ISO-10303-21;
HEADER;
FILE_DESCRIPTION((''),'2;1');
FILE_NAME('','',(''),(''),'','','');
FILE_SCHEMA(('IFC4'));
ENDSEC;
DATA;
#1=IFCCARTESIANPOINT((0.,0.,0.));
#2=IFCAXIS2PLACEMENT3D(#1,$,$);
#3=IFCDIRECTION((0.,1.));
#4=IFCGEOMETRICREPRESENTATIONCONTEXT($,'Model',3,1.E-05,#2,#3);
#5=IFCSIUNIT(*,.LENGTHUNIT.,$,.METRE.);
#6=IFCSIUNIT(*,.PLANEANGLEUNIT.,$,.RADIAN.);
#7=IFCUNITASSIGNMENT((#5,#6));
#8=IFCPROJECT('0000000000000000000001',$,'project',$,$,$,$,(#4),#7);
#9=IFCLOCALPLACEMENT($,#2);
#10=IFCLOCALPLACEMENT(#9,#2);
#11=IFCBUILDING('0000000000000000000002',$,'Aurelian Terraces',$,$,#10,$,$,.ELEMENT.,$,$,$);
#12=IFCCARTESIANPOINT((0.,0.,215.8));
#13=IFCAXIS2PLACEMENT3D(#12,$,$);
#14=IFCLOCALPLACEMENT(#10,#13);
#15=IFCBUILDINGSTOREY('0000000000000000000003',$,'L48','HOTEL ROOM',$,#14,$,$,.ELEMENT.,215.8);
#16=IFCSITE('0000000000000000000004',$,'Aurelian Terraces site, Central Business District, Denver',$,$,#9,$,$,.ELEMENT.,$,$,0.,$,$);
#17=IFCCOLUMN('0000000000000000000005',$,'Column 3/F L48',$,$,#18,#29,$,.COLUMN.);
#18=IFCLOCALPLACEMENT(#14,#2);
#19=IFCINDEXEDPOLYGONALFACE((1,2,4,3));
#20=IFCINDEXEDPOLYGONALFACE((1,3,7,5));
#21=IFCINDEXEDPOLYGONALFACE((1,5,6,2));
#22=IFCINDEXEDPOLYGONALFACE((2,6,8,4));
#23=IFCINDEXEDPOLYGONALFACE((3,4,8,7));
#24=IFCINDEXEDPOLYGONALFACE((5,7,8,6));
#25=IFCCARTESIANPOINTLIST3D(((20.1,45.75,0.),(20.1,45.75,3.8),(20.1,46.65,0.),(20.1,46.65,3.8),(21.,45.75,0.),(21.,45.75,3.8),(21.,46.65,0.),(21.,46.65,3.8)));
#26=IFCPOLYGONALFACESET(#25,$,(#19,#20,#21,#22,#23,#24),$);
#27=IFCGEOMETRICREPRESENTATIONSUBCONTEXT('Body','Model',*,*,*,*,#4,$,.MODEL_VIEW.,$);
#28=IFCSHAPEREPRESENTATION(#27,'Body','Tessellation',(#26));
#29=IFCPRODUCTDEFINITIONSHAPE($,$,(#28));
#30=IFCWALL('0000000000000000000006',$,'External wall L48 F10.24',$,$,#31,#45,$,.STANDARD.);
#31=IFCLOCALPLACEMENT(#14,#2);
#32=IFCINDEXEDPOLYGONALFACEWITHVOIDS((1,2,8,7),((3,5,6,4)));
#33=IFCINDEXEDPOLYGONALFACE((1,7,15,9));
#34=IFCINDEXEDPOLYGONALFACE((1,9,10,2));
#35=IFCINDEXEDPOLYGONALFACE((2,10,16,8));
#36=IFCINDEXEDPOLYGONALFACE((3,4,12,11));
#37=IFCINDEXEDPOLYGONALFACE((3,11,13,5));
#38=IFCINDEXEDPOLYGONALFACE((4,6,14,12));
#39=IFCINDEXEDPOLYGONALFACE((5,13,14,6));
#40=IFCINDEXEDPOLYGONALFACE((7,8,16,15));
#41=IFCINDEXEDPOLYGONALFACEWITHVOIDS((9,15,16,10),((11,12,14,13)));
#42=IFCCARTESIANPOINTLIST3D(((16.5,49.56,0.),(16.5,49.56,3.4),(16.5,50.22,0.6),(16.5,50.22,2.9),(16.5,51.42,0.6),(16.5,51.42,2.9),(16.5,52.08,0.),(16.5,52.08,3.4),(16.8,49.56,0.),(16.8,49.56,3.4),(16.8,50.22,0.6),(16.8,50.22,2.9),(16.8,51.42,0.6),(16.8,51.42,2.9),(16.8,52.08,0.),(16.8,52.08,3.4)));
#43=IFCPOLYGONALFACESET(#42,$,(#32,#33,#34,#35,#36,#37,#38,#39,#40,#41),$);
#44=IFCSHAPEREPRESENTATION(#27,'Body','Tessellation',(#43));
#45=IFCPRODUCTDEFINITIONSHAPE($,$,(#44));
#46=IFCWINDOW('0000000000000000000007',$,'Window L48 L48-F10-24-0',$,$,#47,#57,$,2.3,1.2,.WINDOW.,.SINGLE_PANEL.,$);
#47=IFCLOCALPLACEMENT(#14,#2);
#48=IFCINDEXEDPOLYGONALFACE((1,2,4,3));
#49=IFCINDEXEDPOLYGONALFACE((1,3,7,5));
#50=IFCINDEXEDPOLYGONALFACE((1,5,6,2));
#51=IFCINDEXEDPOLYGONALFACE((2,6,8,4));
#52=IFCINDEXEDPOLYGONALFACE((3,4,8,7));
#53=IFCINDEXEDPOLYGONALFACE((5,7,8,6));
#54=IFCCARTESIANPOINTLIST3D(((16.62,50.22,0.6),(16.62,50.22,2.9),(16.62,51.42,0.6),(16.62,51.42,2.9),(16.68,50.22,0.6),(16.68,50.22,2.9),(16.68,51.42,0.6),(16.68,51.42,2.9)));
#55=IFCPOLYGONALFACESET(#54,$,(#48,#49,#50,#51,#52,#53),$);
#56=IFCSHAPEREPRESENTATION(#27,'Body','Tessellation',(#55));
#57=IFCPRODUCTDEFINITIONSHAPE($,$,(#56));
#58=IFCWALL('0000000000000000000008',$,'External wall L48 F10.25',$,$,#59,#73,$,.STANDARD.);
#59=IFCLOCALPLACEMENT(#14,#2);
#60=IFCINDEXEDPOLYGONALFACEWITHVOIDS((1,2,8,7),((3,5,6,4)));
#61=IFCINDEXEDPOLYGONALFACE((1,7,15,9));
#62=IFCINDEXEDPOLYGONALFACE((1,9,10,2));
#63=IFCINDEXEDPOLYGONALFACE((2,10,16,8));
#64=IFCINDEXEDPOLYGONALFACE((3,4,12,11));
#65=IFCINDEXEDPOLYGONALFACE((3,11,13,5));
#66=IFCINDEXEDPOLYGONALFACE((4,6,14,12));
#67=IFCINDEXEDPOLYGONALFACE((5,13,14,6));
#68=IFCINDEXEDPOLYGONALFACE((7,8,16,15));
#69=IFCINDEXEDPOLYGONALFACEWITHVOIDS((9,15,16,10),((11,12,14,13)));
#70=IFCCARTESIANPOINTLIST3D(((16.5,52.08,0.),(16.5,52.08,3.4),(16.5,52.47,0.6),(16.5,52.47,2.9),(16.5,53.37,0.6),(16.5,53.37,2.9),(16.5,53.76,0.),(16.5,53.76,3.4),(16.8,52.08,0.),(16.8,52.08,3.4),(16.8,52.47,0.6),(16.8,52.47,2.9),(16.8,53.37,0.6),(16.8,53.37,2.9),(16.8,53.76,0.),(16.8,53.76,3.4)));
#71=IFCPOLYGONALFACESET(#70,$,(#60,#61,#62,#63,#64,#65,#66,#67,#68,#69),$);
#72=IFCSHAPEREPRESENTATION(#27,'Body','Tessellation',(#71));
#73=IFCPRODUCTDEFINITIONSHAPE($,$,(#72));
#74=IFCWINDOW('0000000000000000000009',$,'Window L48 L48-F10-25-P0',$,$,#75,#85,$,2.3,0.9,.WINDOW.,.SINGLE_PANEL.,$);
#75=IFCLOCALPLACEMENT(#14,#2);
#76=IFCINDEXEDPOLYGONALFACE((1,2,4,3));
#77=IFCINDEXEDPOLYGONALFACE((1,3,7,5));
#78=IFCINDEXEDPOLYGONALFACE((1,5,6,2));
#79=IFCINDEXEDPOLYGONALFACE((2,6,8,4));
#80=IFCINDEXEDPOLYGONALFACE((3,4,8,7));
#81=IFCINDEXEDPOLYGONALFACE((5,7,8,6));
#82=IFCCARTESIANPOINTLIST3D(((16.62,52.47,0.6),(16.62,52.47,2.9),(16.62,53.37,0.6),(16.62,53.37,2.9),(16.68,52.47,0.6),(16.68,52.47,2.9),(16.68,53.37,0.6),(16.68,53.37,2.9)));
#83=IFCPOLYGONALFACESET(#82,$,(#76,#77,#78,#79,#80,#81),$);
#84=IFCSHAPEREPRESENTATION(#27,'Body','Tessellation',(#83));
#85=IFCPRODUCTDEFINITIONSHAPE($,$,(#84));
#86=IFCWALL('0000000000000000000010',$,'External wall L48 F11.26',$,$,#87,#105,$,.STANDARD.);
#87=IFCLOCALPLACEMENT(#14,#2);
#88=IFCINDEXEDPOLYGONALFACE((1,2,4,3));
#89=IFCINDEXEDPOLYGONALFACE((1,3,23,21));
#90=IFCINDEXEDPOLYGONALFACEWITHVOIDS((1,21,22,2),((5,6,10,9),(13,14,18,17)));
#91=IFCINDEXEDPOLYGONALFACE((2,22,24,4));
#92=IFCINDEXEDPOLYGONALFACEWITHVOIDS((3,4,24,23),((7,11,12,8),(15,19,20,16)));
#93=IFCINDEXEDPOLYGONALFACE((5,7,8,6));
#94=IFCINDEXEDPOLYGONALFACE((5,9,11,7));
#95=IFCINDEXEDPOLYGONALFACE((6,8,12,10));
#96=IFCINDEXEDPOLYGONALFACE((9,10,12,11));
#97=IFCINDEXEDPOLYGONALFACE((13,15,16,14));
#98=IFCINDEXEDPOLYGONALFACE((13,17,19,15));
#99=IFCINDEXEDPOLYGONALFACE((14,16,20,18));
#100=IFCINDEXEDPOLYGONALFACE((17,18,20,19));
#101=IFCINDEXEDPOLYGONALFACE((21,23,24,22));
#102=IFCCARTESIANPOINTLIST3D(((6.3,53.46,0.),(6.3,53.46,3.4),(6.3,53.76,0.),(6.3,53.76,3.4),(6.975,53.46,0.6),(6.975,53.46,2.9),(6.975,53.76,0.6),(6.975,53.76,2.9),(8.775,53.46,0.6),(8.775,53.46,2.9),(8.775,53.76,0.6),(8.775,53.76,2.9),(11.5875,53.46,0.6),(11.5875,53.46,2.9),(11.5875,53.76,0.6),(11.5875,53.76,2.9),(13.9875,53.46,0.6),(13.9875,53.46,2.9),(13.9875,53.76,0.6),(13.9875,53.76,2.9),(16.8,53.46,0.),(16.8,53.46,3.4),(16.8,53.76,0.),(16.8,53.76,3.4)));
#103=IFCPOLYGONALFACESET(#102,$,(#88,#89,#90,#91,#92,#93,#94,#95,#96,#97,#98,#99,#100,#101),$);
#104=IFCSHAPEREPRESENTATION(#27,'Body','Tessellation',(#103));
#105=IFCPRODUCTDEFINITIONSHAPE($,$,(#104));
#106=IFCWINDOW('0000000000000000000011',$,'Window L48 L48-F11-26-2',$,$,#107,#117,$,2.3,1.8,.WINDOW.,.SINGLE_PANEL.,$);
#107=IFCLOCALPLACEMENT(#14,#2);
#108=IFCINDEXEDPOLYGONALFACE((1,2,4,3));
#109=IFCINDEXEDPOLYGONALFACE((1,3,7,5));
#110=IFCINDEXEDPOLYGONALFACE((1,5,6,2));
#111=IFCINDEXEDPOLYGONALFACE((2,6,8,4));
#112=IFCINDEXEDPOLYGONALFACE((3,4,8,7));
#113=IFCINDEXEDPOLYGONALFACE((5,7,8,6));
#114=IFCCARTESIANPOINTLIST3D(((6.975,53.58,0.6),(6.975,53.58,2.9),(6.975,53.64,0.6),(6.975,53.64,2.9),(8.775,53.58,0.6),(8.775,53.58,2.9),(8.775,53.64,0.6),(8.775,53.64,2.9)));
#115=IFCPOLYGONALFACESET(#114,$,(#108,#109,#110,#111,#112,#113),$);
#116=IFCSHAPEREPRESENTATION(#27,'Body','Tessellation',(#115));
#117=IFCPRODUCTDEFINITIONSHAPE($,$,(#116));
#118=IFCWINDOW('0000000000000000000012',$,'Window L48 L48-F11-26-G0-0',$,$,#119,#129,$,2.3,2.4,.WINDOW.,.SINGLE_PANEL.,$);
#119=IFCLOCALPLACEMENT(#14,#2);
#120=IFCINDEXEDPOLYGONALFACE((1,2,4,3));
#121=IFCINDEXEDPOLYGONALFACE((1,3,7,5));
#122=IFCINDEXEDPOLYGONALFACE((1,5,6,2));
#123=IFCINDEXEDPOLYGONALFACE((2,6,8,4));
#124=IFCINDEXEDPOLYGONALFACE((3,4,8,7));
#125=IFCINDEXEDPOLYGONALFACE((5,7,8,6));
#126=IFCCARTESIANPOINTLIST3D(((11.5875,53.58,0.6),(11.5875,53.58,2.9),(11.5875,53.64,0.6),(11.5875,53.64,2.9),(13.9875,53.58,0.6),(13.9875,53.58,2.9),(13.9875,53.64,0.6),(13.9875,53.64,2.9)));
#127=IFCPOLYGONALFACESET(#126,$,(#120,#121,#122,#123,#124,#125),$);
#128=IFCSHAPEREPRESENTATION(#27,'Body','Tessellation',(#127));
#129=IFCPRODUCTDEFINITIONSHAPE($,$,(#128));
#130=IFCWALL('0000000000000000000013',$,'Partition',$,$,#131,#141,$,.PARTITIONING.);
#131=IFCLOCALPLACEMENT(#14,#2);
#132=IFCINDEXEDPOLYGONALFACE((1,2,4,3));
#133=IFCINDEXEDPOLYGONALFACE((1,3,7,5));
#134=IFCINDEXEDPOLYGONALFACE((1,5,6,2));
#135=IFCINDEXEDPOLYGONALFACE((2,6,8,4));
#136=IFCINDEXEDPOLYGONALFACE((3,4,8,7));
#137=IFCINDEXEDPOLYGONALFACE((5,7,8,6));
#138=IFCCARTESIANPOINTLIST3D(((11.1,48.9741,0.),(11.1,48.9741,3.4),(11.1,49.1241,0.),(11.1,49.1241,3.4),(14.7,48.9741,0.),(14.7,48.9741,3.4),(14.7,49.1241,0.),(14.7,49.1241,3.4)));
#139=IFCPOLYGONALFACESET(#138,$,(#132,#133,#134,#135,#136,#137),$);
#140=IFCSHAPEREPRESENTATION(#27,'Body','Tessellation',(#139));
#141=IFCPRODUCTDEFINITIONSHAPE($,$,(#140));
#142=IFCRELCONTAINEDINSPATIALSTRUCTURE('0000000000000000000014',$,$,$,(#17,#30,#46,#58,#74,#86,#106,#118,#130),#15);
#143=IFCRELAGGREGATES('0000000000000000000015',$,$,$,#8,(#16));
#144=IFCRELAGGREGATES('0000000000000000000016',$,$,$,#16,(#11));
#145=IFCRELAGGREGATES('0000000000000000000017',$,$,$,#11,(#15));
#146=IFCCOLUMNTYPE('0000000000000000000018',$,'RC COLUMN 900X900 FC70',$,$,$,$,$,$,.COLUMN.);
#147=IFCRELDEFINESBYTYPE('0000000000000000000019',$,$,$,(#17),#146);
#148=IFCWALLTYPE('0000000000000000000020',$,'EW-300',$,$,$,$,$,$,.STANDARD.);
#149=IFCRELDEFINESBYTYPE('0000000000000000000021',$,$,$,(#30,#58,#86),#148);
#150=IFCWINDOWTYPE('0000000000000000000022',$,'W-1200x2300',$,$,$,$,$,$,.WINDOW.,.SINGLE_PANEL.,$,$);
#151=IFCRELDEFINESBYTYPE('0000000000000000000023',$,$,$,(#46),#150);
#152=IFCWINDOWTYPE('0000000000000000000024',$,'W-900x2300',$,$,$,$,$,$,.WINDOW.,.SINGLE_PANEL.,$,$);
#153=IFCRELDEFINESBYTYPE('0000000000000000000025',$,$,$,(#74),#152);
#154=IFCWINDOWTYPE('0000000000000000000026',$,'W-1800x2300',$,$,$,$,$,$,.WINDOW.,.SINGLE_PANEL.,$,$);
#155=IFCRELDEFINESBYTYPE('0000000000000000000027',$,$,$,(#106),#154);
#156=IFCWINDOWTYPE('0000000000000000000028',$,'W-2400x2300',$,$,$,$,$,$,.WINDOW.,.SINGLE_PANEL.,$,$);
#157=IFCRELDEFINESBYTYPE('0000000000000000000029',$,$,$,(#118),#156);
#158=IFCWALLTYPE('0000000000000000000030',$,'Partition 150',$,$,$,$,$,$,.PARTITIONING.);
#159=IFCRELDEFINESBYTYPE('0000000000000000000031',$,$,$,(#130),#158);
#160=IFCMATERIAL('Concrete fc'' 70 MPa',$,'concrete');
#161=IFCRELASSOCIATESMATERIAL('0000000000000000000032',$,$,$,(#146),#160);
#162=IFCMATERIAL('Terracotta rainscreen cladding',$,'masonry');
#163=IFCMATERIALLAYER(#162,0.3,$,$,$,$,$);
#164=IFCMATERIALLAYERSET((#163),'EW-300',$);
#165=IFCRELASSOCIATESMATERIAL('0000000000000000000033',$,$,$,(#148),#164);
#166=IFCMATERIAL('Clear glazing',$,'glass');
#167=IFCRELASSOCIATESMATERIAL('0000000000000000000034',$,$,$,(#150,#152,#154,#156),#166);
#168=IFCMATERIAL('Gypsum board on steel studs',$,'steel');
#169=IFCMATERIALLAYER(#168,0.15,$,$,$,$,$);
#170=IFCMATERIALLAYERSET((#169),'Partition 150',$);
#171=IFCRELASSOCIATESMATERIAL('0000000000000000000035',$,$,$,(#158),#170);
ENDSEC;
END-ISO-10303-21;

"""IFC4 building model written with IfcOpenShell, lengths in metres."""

from ifc_helpers import new_model, si_unit, direction, frame, frame_2d, origin, origin_2d, place, context, subcontext, project, spatial, rectangle, extrude, source, transform, mapped, material, layer, layer_set, material_profile, profile_set, type_object, element, fill, save


model = new_model("IFC4")

# Units and contexts
model_context = context("Model", 3, precision=1e-05, world=origin(), true_north=direction((0.0, 1.0)))
body_context = subcontext(model_context, "Body", "Model", "MODEL_VIEW")
ifc_project = project(units=[si_unit("LENGTHUNIT", "METRE"), si_unit("PLANEANGLEUNIT", "RADIAN")], contexts=[model_context])

# Site, building, storey
site_placement = place(None, origin())
site = spatial("IfcSite", under=ifc_project, at=site_placement, Name="Aurelian Terraces site, Central Business District, Denver", CompositionType="ELEMENT", RefElevation=0.0)
building_placement = place(site_placement, origin())
building = spatial("IfcBuilding", under=site, at=building_placement, Name="Aurelian Terraces", CompositionType="ELEMENT")
storey_placement = place(building_placement, frame((0.0, 0.0, 215.8)))
storey = spatial("IfcBuildingStorey", under=building, at=storey_placement, Name="L48", Description="HOTEL ROOM", CompositionType="ELEMENT", Elevation=215.8)

# Column
ifc_material_1 = material(Name="Concrete fc' 70 MPa", Category="concrete")
ifc_material_profile = material_profile(ifc_material_1, rectangle(XDim=0.9, YDim=0.9, at=origin_2d()))
ifc_profile_set = profile_set([ifc_material_profile], Name="Concrete fc' 70 MPa")
column_type = type_object("IfcColumnType", Name="RC COLUMN 900X900 FC70", PredefinedType="COLUMN", material=ifc_profile_set)
shared_shape_1 = source(origin(), body_context, "Body", "SweptSolid", [
    extrude(rectangle(XDim=0.9, YDim=0.9, at=origin_2d()), origin(), (0.0, 0.0, 1.0), 3.8),
])
column_placement = place(storey_placement, frame((20.55, 46.2, 0.0), z_axis=(0.0, 0.0, 1.0), x_axis=(1.0, 0.0, 0.0)))
element("IfcColumn", 1, at=column_placement, inside=storey, type_object=column_type, Name="Column 3/F L48", PredefinedType="COLUMN", context=body_context, shape_type="MappedRepresentation", body=[
    mapped(shared_shape_1, transform((0.0, 0.0, 0.0), scale=1.0)),
])

# Walls, openings, windows
ifc_material_2 = material(Name="Terracotta rainscreen cladding", Category="masonry")
ifc_layer_1 = layer(ifc_material_2, 0.3)
ifc_layer_set_1 = layer_set([ifc_layer_1], Name="EW-300")
wall_type_1 = type_object("IfcWallType", Name="EW-300", PredefinedType="STANDARD", material=ifc_layer_set_1)
shared_shape_2 = source(origin(), body_context, "Body", "SweptSolid", [
    extrude(rectangle(XDim=2.52, YDim=0.3, at=frame_2d((1.26, 0.0))), origin(), (0.0, 0.0, 1.0), 3.4),
])
wall_1_placement = place(storey_placement, frame((16.65, 49.56, 0.0), z_axis=(0.0, 0.0, 1.0), x_axis=(0.0, 1.0, 0.0)))
wall_1 = element("IfcWall", 2, at=wall_1_placement, inside=storey, type_object=wall_type_1, Name="External wall L48 F10.24", PredefinedType="STANDARD", context=body_context, shape_type="MappedRepresentation", body=[
    mapped(shared_shape_2, transform((0.0, 0.0, 0.0), scale=1.0)),
])
shared_shape_3 = source(origin(), body_context, "Body", "SweptSolid", [
    extrude(rectangle(XDim=1.2, YDim=2.3, at=frame_2d((0.6, 1.15))), frame((0.0, 0.16, 0.0), z_axis=(0.0, -1.0, 0.0), x_axis=(1.0, 0.0, 0.0)), (0.0, 0.0, 1.0), 0.32),
])
opening_1_placement = place(wall_1_placement, frame((0.66, 0.0, 0.6)))
opening_1 = element("IfcOpeningElement", 3, at=opening_1_placement, cuts=wall_1, PredefinedType="OPENING", context=body_context, shape_type="MappedRepresentation", body=[
    mapped(shared_shape_3, transform((0.0, 0.0, 0.0), scale=1.0)),
])
ifc_material_3 = material(Name="Clear glazing", Category="glass")
window_type_1 = type_object("IfcWindowType", Name="W-1200x2300", PartitioningType="SINGLE_PANEL", PredefinedType="WINDOW", material=ifc_material_3)
shared_shape_4 = source(origin(), body_context, "Body", "SweptSolid", [
    extrude(rectangle(XDim=1.2, YDim=2.3, at=frame_2d((0.6, 1.15))), frame((0.0, 0.03, 0.0), z_axis=(0.0, -1.0, 0.0), x_axis=(1.0, 0.0, 0.0)), (0.0, 0.0, 1.0), 0.06),
])
window_1_placement = place(opening_1_placement, origin())
window_1 = element("IfcWindow", 4, at=window_1_placement, inside=storey, type_object=window_type_1, Name="Window L48 L48-F10-24-0", OverallHeight=2.3, OverallWidth=1.2, PartitioningType="SINGLE_PANEL", PredefinedType="WINDOW", context=body_context, shape_type="MappedRepresentation", body=[
    mapped(shared_shape_4, transform((0.0, 0.0, 0.0), scale=1.0)),
])
fill(opening_1, window_1)
shared_shape_5 = source(origin(), body_context, "Body", "SweptSolid", [
    extrude(rectangle(XDim=1.68, YDim=0.3, at=frame_2d((0.84, 0.0))), origin(), (0.0, 0.0, 1.0), 3.4),
])
wall_2_placement = place(storey_placement, frame((16.65, 52.08, 0.0), z_axis=(0.0, 0.0, 1.0), x_axis=(0.0, 1.0, 0.0)))
wall_2 = element("IfcWall", 5, at=wall_2_placement, inside=storey, type_object=wall_type_1, Name="External wall L48 F10.25", PredefinedType="STANDARD", context=body_context, shape_type="MappedRepresentation", body=[
    mapped(shared_shape_5, transform((0.0, 0.0, 0.0), scale=1.0)),
])
shared_shape_6 = source(origin(), body_context, "Body", "SweptSolid", [
    extrude(rectangle(XDim=0.9, YDim=2.3, at=frame_2d((0.45, 1.15))), frame((0.0, 0.16, 0.0), z_axis=(0.0, -1.0, 0.0), x_axis=(1.0, 0.0, 0.0)), (0.0, 0.0, 1.0), 0.32),
])
opening_2_placement = place(wall_2_placement, frame((0.39, 0.0, 0.6)))
opening_2 = element("IfcOpeningElement", 6, at=opening_2_placement, cuts=wall_2, PredefinedType="OPENING", context=body_context, shape_type="MappedRepresentation", body=[
    mapped(shared_shape_6, transform((0.0, 0.0, 0.0), scale=1.0)),
])
window_type_2 = type_object("IfcWindowType", Name="W-900x2300", PartitioningType="SINGLE_PANEL", PredefinedType="WINDOW", material=ifc_material_3)
shared_shape_7 = source(origin(), body_context, "Body", "SweptSolid", [
    extrude(rectangle(XDim=0.9, YDim=2.3, at=frame_2d((0.45, 1.15))), frame((0.0, 0.03, 0.0), z_axis=(0.0, -1.0, 0.0), x_axis=(1.0, 0.0, 0.0)), (0.0, 0.0, 1.0), 0.06),
])
window_2_placement = place(opening_2_placement, origin())
window_2 = element("IfcWindow", 7, at=window_2_placement, inside=storey, type_object=window_type_2, Name="Window L48 L48-F10-25-P0", OverallHeight=2.3, OverallWidth=0.9, PartitioningType="SINGLE_PANEL", PredefinedType="WINDOW", context=body_context, shape_type="MappedRepresentation", body=[
    mapped(shared_shape_7, transform((0.0, 0.0, 0.0), scale=1.0)),
])
fill(opening_2, window_2)

# Wall, openings, windows
shared_shape_8 = source(origin(), body_context, "Body", "SweptSolid", [
    extrude(rectangle(XDim=10.5, YDim=0.3, at=frame_2d((5.25, 0.0))), origin(), (0.0, 0.0, 1.0), 3.4),
])
wall_3_placement = place(storey_placement, frame((16.8, 53.61, 0.0), z_axis=(0.0, 0.0, 1.0), x_axis=(-1.0, 0.0, 0.0)))
wall_3 = element("IfcWall", 8, at=wall_3_placement, inside=storey, type_object=wall_type_1, Name="External wall L48 F11.26", PredefinedType="STANDARD", context=body_context, shape_type="MappedRepresentation", body=[
    mapped(shared_shape_8, transform((0.0, 0.0, 0.0), scale=1.0)),
])
shared_shape_9 = source(origin(), body_context, "Body", "SweptSolid", [
    extrude(rectangle(XDim=1.8, YDim=2.3, at=frame_2d((0.9, 1.15))), frame((0.0, 0.16, 0.0), z_axis=(0.0, -1.0, 0.0), x_axis=(1.0, 0.0, 0.0)), (0.0, 0.0, 1.0), 0.32),
])
opening_3_placement = place(wall_3_placement, frame((8.025, 0.0, 0.6)))
opening_3 = element("IfcOpeningElement", 9, at=opening_3_placement, cuts=wall_3, PredefinedType="OPENING", context=body_context, shape_type="MappedRepresentation", body=[
    mapped(shared_shape_9, transform((0.0, 0.0, 0.0), scale=1.0)),
])
shared_shape_10 = source(origin(), body_context, "Body", "SweptSolid", [
    extrude(rectangle(XDim=2.4, YDim=2.3, at=frame_2d((1.2, 1.15))), frame((0.0, 0.16, 0.0), z_axis=(0.0, -1.0, 0.0), x_axis=(1.0, 0.0, 0.0)), (0.0, 0.0, 1.0), 0.32),
])
opening_4_placement = place(wall_3_placement, frame((2.8125, 0.0, 0.6)))
opening_4 = element("IfcOpeningElement", 10, at=opening_4_placement, cuts=wall_3, PredefinedType="OPENING", context=body_context, shape_type="MappedRepresentation", body=[
    mapped(shared_shape_10, transform((0.0, 0.0, 0.0), scale=1.0)),
])
window_type_3 = type_object("IfcWindowType", Name="W-1800x2300", PartitioningType="SINGLE_PANEL", PredefinedType="WINDOW", material=ifc_material_3)
shared_shape_11 = source(origin(), body_context, "Body", "SweptSolid", [
    extrude(rectangle(XDim=1.8, YDim=2.3, at=frame_2d((0.9, 1.15))), frame((0.0, 0.03, 0.0), z_axis=(0.0, -1.0, 0.0), x_axis=(1.0, 0.0, 0.0)), (0.0, 0.0, 1.0), 0.06),
])
window_3_placement = place(opening_3_placement, origin())
window_3 = element("IfcWindow", 11, at=window_3_placement, inside=storey, type_object=window_type_3, Name="Window L48 L48-F11-26-2", OverallHeight=2.3, OverallWidth=1.8, PartitioningType="SINGLE_PANEL", PredefinedType="WINDOW", context=body_context, shape_type="MappedRepresentation", body=[
    mapped(shared_shape_11, transform((0.0, 0.0, 0.0), scale=1.0)),
])
fill(opening_3, window_3)
window_type_4 = type_object("IfcWindowType", Name="W-2400x2300", PartitioningType="SINGLE_PANEL", PredefinedType="WINDOW", material=ifc_material_3)
shared_shape_12 = source(origin(), body_context, "Body", "SweptSolid", [
    extrude(rectangle(XDim=2.4, YDim=2.3, at=frame_2d((1.2, 1.15))), frame((0.0, 0.03, 0.0), z_axis=(0.0, -1.0, 0.0), x_axis=(1.0, 0.0, 0.0)), (0.0, 0.0, 1.0), 0.06),
])
window_4_placement = place(opening_4_placement, origin())
window_4 = element("IfcWindow", 12, at=window_4_placement, inside=storey, type_object=window_type_4, Name="Window L48 L48-F11-26-G0-0", OverallHeight=2.3, OverallWidth=2.4, PartitioningType="SINGLE_PANEL", PredefinedType="WINDOW", context=body_context, shape_type="MappedRepresentation", body=[
    mapped(shared_shape_12, transform((0.0, 0.0, 0.0), scale=1.0)),
])
fill(opening_4, window_4)

# Wall
ifc_material_4 = material(Name="Gypsum board on steel studs", Category="steel")
ifc_layer_2 = layer(ifc_material_4, 0.15)
ifc_layer_set_2 = layer_set([ifc_layer_2], Name="Partition 150")
wall_type_2 = type_object("IfcWallType", Name="Partition 150", PredefinedType="PARTITIONING", material=ifc_layer_set_2)
shared_shape_13 = source(origin(), body_context, "Body", "SweptSolid", [
    extrude(rectangle(XDim=3.6, YDim=0.15, at=frame_2d((1.8, 0.0))), origin(), (0.0, 0.0, 1.0), 3.4),
])
wall_4_placement = place(storey_placement, frame((14.7, 49.0491, 0.0), z_axis=(0.0, 0.0, 1.0), x_axis=(-1.0, 0.0, 0.0)))
element("IfcWall", 13, at=wall_4_placement, inside=storey, type_object=wall_type_2, Name="Partition", PredefinedType="PARTITIONING", context=body_context, shape_type="MappedRepresentation", body=[
    mapped(shared_shape_13, transform((0.0, 0.0, 0.0), scale=1.0)),
])

save(model, "model.ifc")
